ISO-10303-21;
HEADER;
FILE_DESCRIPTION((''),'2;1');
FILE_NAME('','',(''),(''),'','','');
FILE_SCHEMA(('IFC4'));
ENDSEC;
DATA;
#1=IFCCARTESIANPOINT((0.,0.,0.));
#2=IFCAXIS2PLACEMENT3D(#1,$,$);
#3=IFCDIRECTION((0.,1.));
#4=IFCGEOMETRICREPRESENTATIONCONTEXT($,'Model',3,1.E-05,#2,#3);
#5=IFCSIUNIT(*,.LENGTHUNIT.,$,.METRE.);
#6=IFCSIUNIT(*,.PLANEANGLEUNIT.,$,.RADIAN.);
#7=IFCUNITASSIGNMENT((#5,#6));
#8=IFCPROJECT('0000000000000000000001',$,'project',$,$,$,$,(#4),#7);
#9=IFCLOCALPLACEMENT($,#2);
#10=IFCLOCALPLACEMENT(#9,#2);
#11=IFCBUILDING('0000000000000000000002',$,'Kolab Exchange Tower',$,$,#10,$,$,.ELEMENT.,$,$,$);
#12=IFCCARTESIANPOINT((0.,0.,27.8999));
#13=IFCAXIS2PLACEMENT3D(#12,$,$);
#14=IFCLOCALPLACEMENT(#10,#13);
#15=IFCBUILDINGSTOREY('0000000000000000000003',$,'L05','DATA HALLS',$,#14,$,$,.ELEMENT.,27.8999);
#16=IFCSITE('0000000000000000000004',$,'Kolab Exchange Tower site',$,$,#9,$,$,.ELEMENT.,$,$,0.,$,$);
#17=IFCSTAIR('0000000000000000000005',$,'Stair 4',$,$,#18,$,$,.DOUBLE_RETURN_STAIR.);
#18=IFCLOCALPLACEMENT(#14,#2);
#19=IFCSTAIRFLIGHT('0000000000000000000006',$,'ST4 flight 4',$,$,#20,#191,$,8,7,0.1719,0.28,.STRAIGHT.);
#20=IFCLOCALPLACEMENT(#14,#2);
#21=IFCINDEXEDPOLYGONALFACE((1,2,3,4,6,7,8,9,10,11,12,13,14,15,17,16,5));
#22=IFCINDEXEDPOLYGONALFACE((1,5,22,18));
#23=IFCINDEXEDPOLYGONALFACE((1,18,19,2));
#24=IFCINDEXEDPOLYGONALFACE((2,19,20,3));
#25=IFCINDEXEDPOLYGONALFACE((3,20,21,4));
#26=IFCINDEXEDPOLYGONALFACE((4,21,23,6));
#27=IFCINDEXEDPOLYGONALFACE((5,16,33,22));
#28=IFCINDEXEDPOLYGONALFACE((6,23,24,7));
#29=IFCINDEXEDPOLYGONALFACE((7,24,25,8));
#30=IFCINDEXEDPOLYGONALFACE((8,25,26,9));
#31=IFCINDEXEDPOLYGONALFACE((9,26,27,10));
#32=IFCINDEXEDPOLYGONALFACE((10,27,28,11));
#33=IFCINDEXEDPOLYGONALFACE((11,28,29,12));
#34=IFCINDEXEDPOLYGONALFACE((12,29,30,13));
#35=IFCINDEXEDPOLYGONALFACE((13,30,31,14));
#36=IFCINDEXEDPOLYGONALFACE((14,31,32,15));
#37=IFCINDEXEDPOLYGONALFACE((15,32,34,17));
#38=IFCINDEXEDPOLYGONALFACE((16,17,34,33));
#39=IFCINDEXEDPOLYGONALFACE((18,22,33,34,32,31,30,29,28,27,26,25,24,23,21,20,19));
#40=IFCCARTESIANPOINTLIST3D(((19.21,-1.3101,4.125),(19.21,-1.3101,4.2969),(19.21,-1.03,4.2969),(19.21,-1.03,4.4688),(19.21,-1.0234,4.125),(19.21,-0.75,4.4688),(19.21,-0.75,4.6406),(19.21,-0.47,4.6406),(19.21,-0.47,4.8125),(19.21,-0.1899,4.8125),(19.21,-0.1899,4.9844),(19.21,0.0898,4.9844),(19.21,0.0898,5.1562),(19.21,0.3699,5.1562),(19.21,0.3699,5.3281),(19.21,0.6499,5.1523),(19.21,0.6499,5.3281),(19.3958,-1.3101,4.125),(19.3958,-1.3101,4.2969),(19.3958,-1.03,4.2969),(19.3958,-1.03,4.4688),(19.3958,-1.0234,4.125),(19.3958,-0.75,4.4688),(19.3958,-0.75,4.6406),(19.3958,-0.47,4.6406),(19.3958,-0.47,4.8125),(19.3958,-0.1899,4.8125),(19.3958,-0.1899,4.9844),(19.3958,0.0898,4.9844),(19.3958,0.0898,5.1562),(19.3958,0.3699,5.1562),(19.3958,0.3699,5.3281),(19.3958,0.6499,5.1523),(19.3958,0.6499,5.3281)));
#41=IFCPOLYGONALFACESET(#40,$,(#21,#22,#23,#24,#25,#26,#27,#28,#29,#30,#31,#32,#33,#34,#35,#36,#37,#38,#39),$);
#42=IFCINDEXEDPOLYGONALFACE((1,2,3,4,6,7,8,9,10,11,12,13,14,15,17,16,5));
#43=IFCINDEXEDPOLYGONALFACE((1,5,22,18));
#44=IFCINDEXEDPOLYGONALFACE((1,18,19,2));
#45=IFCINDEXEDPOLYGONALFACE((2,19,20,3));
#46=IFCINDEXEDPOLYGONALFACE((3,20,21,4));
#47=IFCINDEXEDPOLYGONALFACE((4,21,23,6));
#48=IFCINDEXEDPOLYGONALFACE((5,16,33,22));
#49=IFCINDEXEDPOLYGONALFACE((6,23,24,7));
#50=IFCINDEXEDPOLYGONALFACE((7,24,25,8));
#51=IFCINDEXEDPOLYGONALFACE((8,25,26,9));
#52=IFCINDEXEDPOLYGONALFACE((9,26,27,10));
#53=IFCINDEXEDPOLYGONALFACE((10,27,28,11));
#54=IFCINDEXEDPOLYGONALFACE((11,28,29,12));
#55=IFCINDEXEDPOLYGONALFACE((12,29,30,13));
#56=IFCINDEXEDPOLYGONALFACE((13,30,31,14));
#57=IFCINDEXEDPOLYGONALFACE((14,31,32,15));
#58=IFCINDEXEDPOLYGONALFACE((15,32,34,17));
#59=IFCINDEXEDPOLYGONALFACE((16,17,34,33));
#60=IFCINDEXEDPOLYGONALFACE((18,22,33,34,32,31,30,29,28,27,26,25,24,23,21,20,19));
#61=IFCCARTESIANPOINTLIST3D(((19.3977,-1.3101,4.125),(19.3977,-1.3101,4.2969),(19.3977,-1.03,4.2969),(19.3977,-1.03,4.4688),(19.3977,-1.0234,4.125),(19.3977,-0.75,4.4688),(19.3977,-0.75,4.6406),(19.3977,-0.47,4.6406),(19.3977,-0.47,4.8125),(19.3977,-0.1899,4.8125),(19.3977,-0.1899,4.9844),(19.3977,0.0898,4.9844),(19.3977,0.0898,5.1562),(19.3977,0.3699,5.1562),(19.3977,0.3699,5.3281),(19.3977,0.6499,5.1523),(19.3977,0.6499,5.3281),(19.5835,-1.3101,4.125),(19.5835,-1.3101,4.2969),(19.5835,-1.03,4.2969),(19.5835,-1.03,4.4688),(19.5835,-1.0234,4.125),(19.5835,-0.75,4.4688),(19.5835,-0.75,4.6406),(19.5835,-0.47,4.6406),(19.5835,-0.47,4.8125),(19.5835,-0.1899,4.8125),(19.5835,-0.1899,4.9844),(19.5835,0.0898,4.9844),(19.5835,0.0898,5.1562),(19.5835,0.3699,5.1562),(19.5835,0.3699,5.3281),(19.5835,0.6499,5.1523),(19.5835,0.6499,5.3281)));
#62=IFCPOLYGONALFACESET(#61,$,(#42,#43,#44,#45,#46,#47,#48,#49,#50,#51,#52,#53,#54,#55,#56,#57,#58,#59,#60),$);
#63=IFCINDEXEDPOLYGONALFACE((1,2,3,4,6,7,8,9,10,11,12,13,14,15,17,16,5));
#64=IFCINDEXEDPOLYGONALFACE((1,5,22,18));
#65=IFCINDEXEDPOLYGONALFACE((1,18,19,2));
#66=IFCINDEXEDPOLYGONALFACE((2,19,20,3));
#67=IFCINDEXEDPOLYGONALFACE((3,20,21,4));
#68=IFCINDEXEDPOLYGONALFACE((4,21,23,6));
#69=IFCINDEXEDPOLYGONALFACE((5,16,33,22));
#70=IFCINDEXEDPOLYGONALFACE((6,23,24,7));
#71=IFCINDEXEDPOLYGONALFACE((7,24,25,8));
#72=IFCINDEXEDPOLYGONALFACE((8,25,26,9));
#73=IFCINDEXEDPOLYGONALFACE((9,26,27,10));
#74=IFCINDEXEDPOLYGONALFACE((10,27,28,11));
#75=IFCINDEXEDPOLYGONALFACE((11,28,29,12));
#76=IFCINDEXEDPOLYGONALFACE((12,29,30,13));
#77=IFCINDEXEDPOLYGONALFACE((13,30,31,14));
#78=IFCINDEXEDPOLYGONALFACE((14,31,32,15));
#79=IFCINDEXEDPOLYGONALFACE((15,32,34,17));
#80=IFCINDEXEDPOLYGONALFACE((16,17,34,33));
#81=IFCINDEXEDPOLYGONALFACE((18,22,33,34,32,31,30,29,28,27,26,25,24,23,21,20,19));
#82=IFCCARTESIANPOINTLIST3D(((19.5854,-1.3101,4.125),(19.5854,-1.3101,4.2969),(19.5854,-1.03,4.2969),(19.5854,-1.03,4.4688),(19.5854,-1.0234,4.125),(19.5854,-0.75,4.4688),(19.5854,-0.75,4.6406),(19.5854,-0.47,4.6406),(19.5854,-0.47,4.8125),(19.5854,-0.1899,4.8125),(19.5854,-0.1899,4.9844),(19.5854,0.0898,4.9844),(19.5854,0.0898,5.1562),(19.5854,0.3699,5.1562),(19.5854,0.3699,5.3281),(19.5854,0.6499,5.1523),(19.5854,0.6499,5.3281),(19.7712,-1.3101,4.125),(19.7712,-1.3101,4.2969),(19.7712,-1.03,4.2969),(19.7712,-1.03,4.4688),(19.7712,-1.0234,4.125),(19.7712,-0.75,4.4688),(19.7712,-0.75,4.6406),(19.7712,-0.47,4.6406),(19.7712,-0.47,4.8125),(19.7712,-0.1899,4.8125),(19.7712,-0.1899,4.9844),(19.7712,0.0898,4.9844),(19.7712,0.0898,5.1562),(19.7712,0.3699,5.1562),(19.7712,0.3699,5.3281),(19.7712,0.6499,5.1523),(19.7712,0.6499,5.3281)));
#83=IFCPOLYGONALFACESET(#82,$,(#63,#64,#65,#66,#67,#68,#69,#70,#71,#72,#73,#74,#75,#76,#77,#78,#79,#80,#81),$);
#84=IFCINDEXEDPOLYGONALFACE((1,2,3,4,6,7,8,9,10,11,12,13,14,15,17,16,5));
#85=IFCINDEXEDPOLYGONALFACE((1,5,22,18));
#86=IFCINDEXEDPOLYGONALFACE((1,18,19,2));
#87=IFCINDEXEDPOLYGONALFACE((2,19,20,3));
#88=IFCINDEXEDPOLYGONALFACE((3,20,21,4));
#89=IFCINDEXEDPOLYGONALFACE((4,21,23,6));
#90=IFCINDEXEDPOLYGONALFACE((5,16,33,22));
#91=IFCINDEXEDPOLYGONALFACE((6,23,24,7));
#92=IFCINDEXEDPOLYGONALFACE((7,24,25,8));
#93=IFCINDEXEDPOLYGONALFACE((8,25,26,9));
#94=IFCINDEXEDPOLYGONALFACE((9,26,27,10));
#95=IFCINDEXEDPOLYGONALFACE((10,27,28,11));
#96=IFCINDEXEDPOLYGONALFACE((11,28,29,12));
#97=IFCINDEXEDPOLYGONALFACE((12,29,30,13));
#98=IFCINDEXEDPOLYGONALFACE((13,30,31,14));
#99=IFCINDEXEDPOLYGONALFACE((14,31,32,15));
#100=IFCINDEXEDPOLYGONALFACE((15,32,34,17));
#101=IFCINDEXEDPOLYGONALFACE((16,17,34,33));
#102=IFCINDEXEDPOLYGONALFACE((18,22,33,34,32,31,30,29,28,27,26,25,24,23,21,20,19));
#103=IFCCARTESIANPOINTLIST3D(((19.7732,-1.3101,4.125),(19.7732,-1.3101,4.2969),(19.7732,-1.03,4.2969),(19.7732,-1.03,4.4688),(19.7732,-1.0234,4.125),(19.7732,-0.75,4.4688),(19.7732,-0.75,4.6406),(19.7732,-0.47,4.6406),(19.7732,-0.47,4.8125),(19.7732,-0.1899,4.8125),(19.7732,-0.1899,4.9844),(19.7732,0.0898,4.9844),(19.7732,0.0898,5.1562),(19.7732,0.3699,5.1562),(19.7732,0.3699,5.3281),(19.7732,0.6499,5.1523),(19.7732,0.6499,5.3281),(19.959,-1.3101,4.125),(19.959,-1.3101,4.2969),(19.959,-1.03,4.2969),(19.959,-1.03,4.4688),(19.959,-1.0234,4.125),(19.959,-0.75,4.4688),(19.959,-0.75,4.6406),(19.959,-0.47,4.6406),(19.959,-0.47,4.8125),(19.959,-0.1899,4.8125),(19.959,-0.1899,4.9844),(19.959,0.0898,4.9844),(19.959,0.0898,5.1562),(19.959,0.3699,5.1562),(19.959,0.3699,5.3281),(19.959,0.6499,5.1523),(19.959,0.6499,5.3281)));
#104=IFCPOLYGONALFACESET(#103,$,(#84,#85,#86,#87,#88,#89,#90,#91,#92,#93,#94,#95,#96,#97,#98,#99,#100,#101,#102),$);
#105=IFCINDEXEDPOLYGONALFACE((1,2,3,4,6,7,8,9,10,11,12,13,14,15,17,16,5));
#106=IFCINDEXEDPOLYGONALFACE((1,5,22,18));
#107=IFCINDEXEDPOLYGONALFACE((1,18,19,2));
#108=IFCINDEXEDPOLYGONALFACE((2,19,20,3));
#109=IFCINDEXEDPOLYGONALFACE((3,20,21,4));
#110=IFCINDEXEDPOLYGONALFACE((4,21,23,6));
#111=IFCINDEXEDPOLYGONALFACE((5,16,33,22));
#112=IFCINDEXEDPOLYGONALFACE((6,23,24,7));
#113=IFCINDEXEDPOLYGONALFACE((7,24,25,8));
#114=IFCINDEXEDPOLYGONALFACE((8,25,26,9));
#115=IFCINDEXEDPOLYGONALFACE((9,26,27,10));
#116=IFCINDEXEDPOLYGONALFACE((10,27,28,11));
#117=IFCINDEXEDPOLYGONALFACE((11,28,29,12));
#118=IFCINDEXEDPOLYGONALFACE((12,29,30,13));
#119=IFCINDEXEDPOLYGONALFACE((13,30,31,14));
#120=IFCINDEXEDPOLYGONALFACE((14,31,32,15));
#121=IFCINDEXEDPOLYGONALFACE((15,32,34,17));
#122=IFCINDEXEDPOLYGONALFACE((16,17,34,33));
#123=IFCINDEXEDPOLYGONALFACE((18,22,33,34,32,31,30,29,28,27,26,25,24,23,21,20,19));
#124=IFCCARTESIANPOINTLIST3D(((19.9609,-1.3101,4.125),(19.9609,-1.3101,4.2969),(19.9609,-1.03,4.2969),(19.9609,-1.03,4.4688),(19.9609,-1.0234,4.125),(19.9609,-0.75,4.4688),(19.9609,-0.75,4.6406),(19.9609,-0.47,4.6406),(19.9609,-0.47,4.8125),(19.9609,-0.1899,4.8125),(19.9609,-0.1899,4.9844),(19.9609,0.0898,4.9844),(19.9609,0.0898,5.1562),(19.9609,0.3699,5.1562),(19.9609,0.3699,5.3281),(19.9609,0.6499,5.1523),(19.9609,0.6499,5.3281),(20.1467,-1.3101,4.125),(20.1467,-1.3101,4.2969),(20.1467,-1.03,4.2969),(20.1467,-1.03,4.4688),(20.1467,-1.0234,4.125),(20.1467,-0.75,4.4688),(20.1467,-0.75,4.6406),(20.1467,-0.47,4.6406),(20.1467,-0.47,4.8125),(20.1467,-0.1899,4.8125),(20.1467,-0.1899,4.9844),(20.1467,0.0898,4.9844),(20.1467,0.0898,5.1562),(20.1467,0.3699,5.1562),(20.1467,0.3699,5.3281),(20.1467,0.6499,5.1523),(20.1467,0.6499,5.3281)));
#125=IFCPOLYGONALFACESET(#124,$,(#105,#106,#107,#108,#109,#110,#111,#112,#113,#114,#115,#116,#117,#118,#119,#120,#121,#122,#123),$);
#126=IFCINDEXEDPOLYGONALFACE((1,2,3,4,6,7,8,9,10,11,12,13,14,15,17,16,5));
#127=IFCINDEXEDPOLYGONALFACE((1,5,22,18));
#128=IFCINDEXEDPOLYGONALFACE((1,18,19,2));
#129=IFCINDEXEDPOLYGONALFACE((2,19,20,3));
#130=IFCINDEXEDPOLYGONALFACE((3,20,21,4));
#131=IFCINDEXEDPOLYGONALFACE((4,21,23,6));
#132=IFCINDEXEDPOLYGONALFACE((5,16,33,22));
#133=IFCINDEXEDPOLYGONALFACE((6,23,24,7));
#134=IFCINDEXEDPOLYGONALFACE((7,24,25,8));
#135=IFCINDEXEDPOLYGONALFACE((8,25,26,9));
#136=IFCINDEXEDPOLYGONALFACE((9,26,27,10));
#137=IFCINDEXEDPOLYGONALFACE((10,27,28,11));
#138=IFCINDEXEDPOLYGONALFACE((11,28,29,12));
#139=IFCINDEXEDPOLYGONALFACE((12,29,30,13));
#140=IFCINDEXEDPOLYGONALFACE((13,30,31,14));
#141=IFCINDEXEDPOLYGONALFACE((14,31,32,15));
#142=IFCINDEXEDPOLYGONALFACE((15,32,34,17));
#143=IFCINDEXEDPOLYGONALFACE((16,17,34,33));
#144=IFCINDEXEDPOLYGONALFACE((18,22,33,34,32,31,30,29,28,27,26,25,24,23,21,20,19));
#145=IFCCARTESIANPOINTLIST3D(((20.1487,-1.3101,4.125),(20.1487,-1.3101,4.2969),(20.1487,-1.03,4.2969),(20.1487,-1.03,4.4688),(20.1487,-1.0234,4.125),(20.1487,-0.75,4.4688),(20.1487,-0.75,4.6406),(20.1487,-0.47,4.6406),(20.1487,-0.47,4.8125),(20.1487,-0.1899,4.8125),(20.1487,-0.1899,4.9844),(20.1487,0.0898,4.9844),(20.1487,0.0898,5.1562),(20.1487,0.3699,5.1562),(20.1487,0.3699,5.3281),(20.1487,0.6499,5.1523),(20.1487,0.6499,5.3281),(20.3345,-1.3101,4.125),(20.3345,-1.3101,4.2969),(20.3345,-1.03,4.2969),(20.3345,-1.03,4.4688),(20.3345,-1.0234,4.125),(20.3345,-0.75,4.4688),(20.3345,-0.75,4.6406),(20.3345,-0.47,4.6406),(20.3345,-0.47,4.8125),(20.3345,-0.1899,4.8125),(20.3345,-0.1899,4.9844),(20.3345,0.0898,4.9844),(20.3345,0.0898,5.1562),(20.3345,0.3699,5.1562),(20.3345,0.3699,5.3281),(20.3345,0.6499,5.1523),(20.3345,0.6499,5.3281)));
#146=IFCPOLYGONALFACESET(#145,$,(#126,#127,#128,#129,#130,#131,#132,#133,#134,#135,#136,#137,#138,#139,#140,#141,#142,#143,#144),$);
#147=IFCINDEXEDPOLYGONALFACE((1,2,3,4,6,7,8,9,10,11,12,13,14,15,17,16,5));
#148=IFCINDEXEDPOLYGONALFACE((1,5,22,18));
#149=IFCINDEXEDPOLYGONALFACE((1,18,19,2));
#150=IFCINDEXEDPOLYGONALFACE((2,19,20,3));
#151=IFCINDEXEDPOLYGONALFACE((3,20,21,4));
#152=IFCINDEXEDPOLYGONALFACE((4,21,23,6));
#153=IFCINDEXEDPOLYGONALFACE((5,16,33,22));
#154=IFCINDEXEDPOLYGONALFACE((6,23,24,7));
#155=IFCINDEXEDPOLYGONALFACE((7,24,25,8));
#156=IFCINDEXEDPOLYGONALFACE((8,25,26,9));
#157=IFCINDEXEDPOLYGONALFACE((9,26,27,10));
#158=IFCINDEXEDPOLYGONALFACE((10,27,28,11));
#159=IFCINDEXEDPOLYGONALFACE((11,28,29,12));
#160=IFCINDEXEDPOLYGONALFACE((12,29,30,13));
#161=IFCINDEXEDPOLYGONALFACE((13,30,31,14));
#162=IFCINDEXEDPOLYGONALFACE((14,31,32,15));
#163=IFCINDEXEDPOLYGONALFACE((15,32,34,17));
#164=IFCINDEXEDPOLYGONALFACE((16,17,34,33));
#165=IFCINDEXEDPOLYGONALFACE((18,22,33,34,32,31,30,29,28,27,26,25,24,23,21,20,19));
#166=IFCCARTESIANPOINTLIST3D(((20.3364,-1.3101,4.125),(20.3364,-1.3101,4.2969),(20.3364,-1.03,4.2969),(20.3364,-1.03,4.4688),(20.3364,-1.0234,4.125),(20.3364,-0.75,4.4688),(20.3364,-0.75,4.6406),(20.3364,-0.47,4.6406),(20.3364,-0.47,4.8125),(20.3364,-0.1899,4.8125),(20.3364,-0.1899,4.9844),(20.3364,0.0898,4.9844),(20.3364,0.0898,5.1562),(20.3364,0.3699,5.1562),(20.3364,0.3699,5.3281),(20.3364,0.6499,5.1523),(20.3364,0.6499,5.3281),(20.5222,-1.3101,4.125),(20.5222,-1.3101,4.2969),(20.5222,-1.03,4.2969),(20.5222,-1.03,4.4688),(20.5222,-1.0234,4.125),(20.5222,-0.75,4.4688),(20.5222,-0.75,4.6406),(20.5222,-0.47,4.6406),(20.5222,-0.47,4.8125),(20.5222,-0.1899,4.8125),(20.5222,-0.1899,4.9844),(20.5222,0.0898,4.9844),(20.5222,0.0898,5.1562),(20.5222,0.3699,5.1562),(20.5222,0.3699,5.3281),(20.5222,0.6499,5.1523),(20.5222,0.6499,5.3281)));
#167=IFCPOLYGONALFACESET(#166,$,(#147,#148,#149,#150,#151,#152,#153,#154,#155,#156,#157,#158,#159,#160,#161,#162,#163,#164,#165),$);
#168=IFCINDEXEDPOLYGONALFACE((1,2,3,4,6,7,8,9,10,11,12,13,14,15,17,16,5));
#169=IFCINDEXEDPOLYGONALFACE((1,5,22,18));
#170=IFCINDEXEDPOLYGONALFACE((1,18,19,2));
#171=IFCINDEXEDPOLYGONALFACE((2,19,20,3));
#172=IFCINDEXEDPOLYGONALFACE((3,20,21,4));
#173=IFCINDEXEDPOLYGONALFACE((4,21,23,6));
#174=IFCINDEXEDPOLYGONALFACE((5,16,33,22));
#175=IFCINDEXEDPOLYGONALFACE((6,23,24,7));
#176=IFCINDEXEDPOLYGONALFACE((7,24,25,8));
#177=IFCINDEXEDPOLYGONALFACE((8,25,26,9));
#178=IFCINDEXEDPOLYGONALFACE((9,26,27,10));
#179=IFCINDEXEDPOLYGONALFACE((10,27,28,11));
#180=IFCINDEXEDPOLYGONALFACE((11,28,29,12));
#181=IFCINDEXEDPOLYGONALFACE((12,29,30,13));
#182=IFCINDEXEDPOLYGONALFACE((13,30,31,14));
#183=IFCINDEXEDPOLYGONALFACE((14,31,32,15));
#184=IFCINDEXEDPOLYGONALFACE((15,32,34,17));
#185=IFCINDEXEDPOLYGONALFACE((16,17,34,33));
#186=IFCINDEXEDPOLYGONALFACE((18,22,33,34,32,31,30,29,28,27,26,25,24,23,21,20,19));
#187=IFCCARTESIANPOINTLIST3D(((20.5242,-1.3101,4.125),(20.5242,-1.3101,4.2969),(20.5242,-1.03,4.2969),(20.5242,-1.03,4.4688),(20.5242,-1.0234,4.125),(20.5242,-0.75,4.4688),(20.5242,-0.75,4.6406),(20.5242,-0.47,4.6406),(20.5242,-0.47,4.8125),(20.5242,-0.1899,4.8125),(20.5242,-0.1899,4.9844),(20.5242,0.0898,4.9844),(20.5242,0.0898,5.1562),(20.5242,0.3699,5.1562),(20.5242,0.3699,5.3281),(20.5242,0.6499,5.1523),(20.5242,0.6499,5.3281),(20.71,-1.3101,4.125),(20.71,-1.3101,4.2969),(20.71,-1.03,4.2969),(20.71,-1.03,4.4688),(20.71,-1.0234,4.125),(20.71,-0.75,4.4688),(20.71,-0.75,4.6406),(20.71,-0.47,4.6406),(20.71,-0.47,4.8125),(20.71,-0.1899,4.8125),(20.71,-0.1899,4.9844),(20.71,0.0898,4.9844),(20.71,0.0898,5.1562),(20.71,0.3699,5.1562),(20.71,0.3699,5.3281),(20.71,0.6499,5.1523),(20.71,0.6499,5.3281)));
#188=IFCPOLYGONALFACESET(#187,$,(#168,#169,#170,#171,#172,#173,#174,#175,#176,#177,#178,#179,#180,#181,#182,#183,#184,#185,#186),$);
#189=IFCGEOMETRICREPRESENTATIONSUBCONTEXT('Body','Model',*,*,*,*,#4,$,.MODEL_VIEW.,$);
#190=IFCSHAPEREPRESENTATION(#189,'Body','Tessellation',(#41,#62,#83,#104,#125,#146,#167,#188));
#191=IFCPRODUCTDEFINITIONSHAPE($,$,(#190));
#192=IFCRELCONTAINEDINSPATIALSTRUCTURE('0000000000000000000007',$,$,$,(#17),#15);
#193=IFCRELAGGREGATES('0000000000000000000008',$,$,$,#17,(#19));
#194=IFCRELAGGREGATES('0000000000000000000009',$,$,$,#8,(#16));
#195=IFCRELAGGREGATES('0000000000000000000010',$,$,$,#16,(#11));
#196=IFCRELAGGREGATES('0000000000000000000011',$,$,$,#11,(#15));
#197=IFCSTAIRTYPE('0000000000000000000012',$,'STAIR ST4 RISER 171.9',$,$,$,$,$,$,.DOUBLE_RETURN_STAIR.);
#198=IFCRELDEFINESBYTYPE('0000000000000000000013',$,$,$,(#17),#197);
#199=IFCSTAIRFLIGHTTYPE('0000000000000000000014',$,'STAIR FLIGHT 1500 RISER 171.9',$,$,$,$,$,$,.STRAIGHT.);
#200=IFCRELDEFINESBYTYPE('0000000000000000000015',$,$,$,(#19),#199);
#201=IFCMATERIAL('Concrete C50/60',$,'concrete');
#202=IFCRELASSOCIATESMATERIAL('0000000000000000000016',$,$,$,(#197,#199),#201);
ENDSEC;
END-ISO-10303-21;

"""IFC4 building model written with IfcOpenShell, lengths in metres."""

from ifc_helpers import new_model, si_unit, direction, frame, origin, place, context, subcontext, project, spatial, polyline, outline, extrude, material, type_object, element, aggregate, save


model = new_model("IFC4")

# Units and contexts
model_context = context("Model", 3, precision=1e-05, world=origin(), true_north=direction((0.0, 1.0)))
body_context = subcontext(model_context, "Body", "Model", "MODEL_VIEW")
ifc_project = project(units=[si_unit("LENGTHUNIT", "METRE"), si_unit("PLANEANGLEUNIT", "RADIAN")], contexts=[model_context])

# Site, building, storey
site_placement = place(None, origin())
site = spatial("IfcSite", under=ifc_project, at=site_placement, Name="Kolab Exchange Tower site", CompositionType="ELEMENT", RefElevation=0.0)
building_placement = place(site_placement, origin())
building = spatial("IfcBuilding", under=site, at=building_placement, Name="Kolab Exchange Tower", CompositionType="ELEMENT")
storey_placement = place(building_placement, frame((0.0, 0.0, 27.8999)))
storey = spatial("IfcBuildingStorey", under=building, at=storey_placement, Name="L05", Description="DATA HALLS", CompositionType="ELEMENT", Elevation=27.8999)

# Shared definitions
ifc_material_1 = material(Name="Concrete C50/60", Category="concrete")

# Stair, stair flight
stair_type = type_object("IfcStairType", Name="STAIR ST4 RISER 171.9", PredefinedType="DOUBLE_RETURN_STAIR", material=ifc_material_1)
stair_placement = place(storey_placement, origin())
stair = element("IfcStair", 1, at=stair_placement, inside=storey, type_object=stair_type, Name="Stair 4", PredefinedType="DOUBLE_RETURN_STAIR")
stair_flight_type = type_object("IfcStairFlightType", Name="STAIR FLIGHT 1500 RISER 171.9", PredefinedType="STRAIGHT", material=ifc_material_1)
stair_flight_1_placement = place(storey_placement, frame((19.96, -1.3101, 4.125), z_axis=(0.0, 0.0, 1.0), x_axis=(0.0, 1.0, 0.0)))
stair_flight_1 = element("IfcStairFlight", 2, at=stair_flight_1_placement, type_object=stair_flight_type, Name="ST4 flight 4", NumberOfRisers=8, NumberOfTreads=7, PredefinedType="STRAIGHT", RiserHeight=0.1719, TreadLength=0.28, context=body_context, shape_type="SweptSolid", body=[
    extrude(outline(polyline([(0.0, 0.0), (0.0, 0.1719), (0.28, 0.1719), (0.28, 0.3438), (0.5601, 0.3438), (0.5601, 0.5156), (0.8401, 0.5156), (0.8401, 0.6875), (1.1201, 0.6875), (1.1201, 0.8594), (1.3999, 0.8594), (1.3999, 1.0312), (1.6799, 1.0312), (1.6799, 1.2031), (1.96, 1.2031), (1.96, 1.375), (1.96, 1.0273), (0.2866, 0.0), (0.0, 0.0)])), frame((0.0, 0.75, 0.0), z_axis=(0.0, -1.0, 0.0), x_axis=(1.0, 0.0, 0.0)), (0.0, 0.0, 1.0), 0.1858),
    extrude(outline(polyline([(0.0, 0.0), (0.0, 0.1719), (0.28, 0.1719), (0.28, 0.3438), (0.5601, 0.3438), (0.5601, 0.5156), (0.8401, 0.5156), (0.8401, 0.6875), (1.1201, 0.6875), (1.1201, 0.8594), (1.3999, 0.8594), (1.3999, 1.0312), (1.6799, 1.0312), (1.6799, 1.2031), (1.96, 1.2031), (1.96, 1.375), (1.96, 1.0273), (0.2866, 0.0), (0.0, 0.0)])), frame((0.0, 0.5623, 0.0), z_axis=(0.0, -1.0, 0.0), x_axis=(1.0, 0.0, 0.0)), (0.0, 0.0, 1.0), 0.1858),
    extrude(outline(polyline([(0.0, 0.0), (0.0, 0.1719), (0.28, 0.1719), (0.28, 0.3438), (0.5601, 0.3438), (0.5601, 0.5156), (0.8401, 0.5156), (0.8401, 0.6875), (1.1201, 0.6875), (1.1201, 0.8594), (1.3999, 0.8594), (1.3999, 1.0312), (1.6799, 1.0312), (1.6799, 1.2031), (1.96, 1.2031), (1.96, 1.375), (1.96, 1.0273), (0.2866, 0.0), (0.0, 0.0)])), frame((0.0, 0.3745, 0.0), z_axis=(0.0, -1.0, 0.0), x_axis=(1.0, 0.0, 0.0)), (0.0, 0.0, 1.0), 0.1858),
    extrude(outline(polyline([(0.0, 0.0), (0.0, 0.1719), (0.28, 0.1719), (0.28, 0.3438), (0.5601, 0.3438), (0.5601, 0.5156), (0.8401, 0.5156), (0.8401, 0.6875), (1.1201, 0.6875), (1.1201, 0.8594), (1.3999, 0.8594), (1.3999, 1.0312), (1.6799, 1.0312), (1.6799, 1.2031), (1.96, 1.2031), (1.96, 1.375), (1.96, 1.0273), (0.2866, 0.0), (0.0, 0.0)])), frame((0.0, 0.1868, 0.0), z_axis=(0.0, -1.0, 0.0), x_axis=(1.0, 0.0, 0.0)), (0.0, 0.0, 1.0), 0.1858),
    extrude(outline(polyline([(0.0, 0.0), (0.0, 0.1719), (0.28, 0.1719), (0.28, 0.3438), (0.5601, 0.3438), (0.5601, 0.5156), (0.8401, 0.5156), (0.8401, 0.6875), (1.1201, 0.6875), (1.1201, 0.8594), (1.3999, 0.8594), (1.3999, 1.0312), (1.6799, 1.0312), (1.6799, 1.2031), (1.96, 1.2031), (1.96, 1.375), (1.96, 1.0273), (0.2866, 0.0), (0.0, 0.0)])), frame((0.0, -0.001, 0.0), z_axis=(0.0, -1.0, 0.0), x_axis=(1.0, 0.0, 0.0)), (0.0, 0.0, 1.0), 0.1858),
    extrude(outline(polyline([(0.0, 0.0), (0.0, 0.1719), (0.28, 0.1719), (0.28, 0.3438), (0.5601, 0.3438), (0.5601, 0.5156), (0.8401, 0.5156), (0.8401, 0.6875), (1.1201, 0.6875), (1.1201, 0.8594), (1.3999, 0.8594), (1.3999, 1.0312), (1.6799, 1.0312), (1.6799, 1.2031), (1.96, 1.2031), (1.96, 1.375), (1.96, 1.0273), (0.2866, 0.0), (0.0, 0.0)])), frame((0.0, -0.1887, 0.0), z_axis=(0.0, -1.0, 0.0), x_axis=(1.0, 0.0, 0.0)), (0.0, 0.0, 1.0), 0.1858),
    extrude(outline(polyline([(0.0, 0.0), (0.0, 0.1719), (0.28, 0.1719), (0.28, 0.3438), (0.5601, 0.3438), (0.5601, 0.5156), (0.8401, 0.5156), (0.8401, 0.6875), (1.1201, 0.6875), (1.1201, 0.8594), (1.3999, 0.8594), (1.3999, 1.0312), (1.6799, 1.0312), (1.6799, 1.2031), (1.96, 1.2031), (1.96, 1.375), (1.96, 1.0273), (0.2866, 0.0), (0.0, 0.0)])), frame((0.0, -0.3765, 0.0), z_axis=(0.0, -1.0, 0.0), x_axis=(1.0, 0.0, 0.0)), (0.0, 0.0, 1.0), 0.1858),
    extrude(outline(polyline([(0.0, 0.0), (0.0, 0.1719), (0.28, 0.1719), (0.28, 0.3438), (0.5601, 0.3438), (0.5601, 0.5156), (0.8401, 0.5156), (0.8401, 0.6875), (1.1201, 0.6875), (1.1201, 0.8594), (1.3999, 0.8594), (1.3999, 1.0312), (1.6799, 1.0312), (1.6799, 1.2031), (1.96, 1.2031), (1.96, 1.375), (1.96, 1.0273), (0.2866, 0.0), (0.0, 0.0)])), frame((0.0, -0.5642, 0.0), z_axis=(0.0, -1.0, 0.0), x_axis=(1.0, 0.0, 0.0)), (0.0, 0.0, 1.0), 0.1858),
])
aggregate(stair, [stair_flight_1])

save(model, "model.ifc")
